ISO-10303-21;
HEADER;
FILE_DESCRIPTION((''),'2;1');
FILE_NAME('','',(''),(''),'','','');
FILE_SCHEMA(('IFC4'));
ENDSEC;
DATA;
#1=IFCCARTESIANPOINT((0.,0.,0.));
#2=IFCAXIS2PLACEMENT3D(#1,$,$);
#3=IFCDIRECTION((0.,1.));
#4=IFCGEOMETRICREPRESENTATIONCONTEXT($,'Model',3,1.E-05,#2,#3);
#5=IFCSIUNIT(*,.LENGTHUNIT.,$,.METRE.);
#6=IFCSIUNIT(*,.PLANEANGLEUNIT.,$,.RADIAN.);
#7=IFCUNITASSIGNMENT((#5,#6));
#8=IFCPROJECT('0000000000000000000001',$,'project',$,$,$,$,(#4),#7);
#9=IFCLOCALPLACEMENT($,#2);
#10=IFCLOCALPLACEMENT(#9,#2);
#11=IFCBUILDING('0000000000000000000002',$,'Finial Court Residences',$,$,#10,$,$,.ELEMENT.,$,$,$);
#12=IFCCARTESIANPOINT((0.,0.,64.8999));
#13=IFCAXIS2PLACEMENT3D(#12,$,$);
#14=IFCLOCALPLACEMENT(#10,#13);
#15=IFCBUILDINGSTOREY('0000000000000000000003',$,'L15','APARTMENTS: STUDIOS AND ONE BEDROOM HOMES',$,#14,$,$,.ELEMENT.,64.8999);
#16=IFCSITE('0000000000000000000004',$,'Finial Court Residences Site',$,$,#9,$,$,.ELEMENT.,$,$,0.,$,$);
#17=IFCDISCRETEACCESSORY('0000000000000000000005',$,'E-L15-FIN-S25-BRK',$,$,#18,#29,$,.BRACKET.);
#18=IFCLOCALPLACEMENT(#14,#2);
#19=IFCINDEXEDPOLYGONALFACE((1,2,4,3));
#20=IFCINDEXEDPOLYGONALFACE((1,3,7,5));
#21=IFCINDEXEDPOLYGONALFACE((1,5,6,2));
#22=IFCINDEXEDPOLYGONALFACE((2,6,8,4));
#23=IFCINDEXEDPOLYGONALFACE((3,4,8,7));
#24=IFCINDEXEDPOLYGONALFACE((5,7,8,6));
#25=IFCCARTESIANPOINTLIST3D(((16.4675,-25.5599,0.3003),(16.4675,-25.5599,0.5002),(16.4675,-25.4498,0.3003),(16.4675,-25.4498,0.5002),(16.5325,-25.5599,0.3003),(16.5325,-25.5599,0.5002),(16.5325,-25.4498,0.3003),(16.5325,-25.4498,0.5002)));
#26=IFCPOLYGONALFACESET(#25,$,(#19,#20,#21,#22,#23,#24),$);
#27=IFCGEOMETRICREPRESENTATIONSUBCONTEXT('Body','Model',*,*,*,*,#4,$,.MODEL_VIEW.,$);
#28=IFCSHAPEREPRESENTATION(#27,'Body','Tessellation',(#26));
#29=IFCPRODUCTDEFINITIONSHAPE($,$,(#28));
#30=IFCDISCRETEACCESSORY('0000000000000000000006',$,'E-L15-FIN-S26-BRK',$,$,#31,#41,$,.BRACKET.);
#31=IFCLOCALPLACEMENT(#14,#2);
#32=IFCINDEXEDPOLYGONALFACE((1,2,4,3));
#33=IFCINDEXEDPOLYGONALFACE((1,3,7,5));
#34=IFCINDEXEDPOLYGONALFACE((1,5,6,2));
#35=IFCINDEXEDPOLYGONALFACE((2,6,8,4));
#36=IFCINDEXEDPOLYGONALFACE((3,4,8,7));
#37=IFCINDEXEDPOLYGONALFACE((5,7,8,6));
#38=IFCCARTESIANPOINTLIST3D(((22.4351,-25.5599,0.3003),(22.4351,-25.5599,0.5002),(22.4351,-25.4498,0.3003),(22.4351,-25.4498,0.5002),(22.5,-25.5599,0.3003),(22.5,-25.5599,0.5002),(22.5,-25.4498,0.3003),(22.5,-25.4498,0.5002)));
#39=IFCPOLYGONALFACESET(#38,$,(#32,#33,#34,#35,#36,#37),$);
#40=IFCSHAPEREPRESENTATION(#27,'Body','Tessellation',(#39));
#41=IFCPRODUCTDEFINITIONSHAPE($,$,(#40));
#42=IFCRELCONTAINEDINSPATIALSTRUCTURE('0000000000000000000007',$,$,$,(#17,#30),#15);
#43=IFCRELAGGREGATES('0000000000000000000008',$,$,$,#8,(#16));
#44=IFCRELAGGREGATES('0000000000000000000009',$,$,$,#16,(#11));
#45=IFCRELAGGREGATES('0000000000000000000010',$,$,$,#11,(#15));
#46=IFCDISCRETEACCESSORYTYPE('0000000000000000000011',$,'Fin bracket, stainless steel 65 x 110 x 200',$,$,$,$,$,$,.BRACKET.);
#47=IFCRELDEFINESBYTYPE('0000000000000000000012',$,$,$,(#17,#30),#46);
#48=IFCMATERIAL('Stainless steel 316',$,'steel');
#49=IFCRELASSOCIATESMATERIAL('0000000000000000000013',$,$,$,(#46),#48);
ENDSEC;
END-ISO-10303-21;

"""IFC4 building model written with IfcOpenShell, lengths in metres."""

from ifc_helpers import new_model, si_unit, direction, frame, origin, origin_2d, place, context, subcontext, project, spatial, rectangle, extrude, material, type_object, element, save


model = new_model("IFC4")

# Units and contexts
model_context = context("Model", 3, precision=1e-05, world=origin(), true_north=direction((0.0, 1.0)))
body_context = subcontext(model_context, "Body", "Model", "MODEL_VIEW")
ifc_project = project(units=[si_unit("LENGTHUNIT", "METRE"), si_unit("PLANEANGLEUNIT", "RADIAN")], contexts=[model_context])

# Site, building, storey
site_placement = place(None, origin())
site = spatial("IfcSite", under=ifc_project, at=site_placement, Name="Finial Court Residences Site", CompositionType="ELEMENT", RefElevation=0.0)
building_placement = place(site_placement, origin())
building = spatial("IfcBuilding", under=site, at=building_placement, Name="Finial Court Residences", CompositionType="ELEMENT")
storey_placement = place(building_placement, frame((0.0, 0.0, 64.8999)))
storey = spatial("IfcBuildingStorey", under=building, at=storey_placement, Name="L15", Description="APARTMENTS: STUDIOS AND ONE BEDROOM HOMES", CompositionType="ELEMENT", Elevation=64.8999)

# Discrete accessories
ifc_material_1 = material(Name="Stainless steel 316", Category="steel")
discrete_accessory_type = type_object("IfcDiscreteAccessoryType", Name="Fin bracket, stainless steel 65 x 110 x 200", PredefinedType="BRACKET", material=ifc_material_1)
for number, where, z_axis, x_axis, name in (
    (1, (16.5, -25.5049, 0.3003), (0.0, 0.0, 1.0), (1.0, 0.0, 0.0), "E-L15-FIN-S25-BRK"),
    (2, (22.4675, -25.5049, 0.3003), (0.0, 0.0, 1.0), (1.0, 0.0, 0.0), "E-L15-FIN-S26-BRK"),
):
    element("IfcDiscreteAccessory", number, at=place(storey_placement, frame(where, z_axis=z_axis, x_axis=x_axis)), inside=storey, type_object=discrete_accessory_type, Name=name, PredefinedType="BRACKET", context=body_context, shape_type="SweptSolid", body=[
        extrude(rectangle(XDim=0.0649, YDim=0.1101, at=origin_2d()), origin(), (0.0, 0.0, 1.0), 0.2),
    ])

save(model, "model.ifc")
